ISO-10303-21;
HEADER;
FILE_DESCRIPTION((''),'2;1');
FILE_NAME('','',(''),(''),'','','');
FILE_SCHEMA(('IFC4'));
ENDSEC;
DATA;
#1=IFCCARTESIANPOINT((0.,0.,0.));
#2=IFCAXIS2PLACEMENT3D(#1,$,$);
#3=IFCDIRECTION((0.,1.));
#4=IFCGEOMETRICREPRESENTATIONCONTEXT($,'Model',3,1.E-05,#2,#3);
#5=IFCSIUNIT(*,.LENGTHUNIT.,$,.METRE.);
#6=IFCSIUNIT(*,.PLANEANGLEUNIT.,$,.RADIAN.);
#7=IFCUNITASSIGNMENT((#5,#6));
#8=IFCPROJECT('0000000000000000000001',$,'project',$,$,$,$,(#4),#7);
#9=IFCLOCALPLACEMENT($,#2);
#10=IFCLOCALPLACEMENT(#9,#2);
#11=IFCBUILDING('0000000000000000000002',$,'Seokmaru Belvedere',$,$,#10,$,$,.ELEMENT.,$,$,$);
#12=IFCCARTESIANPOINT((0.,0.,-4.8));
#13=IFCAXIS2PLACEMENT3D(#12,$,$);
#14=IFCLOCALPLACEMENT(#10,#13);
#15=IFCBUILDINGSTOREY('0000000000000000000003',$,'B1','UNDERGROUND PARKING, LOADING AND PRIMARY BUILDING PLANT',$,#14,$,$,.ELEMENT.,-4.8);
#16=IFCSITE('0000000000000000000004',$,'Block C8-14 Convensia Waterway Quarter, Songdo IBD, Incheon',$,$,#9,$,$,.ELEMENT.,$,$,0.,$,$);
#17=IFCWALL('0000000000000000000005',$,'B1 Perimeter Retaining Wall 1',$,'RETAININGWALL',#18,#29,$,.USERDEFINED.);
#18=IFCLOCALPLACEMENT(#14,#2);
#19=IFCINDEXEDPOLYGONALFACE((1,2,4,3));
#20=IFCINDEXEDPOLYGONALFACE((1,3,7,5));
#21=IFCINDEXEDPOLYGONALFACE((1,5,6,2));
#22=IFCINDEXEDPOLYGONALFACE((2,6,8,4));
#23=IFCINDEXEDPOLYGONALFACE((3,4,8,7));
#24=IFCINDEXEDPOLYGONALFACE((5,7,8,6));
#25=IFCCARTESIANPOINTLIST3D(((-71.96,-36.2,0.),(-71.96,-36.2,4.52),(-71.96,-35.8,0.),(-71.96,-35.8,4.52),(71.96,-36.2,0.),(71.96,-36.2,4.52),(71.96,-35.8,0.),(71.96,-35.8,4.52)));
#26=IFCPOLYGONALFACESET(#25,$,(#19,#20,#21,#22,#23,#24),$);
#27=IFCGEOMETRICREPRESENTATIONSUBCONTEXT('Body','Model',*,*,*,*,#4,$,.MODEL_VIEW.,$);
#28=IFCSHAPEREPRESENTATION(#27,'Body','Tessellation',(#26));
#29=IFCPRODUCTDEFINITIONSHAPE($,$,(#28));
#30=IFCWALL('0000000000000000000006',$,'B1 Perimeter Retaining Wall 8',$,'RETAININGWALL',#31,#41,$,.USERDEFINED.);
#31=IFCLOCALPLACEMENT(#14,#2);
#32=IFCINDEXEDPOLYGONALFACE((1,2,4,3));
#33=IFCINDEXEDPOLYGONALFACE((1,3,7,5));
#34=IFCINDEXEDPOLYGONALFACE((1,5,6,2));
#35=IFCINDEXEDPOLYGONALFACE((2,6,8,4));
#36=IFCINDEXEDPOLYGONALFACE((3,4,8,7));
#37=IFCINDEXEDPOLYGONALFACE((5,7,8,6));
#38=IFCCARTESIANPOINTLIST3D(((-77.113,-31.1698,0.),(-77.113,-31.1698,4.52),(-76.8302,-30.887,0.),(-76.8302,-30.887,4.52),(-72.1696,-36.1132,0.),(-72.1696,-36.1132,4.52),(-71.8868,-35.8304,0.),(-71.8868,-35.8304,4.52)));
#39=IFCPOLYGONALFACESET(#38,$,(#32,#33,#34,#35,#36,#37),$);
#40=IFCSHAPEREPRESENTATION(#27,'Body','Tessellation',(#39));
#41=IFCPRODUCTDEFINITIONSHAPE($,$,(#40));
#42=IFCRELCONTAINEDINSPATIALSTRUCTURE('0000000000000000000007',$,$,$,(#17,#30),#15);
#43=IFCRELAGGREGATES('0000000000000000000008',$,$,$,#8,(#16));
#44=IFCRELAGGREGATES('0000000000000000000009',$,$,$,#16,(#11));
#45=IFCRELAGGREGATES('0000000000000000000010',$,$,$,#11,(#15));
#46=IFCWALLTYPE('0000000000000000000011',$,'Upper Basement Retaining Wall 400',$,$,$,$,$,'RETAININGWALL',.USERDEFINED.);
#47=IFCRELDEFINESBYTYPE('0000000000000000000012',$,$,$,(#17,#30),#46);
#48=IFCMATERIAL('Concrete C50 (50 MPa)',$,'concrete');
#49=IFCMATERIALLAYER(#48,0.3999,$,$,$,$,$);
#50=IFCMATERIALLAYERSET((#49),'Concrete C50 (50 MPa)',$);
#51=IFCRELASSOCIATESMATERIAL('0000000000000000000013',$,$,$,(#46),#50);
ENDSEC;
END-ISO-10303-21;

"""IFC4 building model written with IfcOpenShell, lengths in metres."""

from ifc_helpers import new_model, si_unit, direction, frame, frame_2d, origin, place, context, subcontext, project, spatial, rectangle, extrude, material, layer, layer_set, type_object, element, save


model = new_model("IFC4")

# Units and contexts
model_context = context("Model", 3, precision=1e-05, world=origin(), true_north=direction((0.0, 1.0)))
body_context = subcontext(model_context, "Body", "Model", "MODEL_VIEW")
ifc_project = project(units=[si_unit("LENGTHUNIT", "METRE"), si_unit("PLANEANGLEUNIT", "RADIAN")], contexts=[model_context])

# Site, building, storey
site_placement = place(None, origin())
site = spatial("IfcSite", under=ifc_project, at=site_placement, Name="Block C8-14 Convensia Waterway Quarter, Songdo IBD, Incheon", CompositionType="ELEMENT", RefElevation=0.0)
building_placement = place(site_placement, origin())
building = spatial("IfcBuilding", under=site, at=building_placement, Name="Seokmaru Belvedere", CompositionType="ELEMENT")
storey_placement = place(building_placement, frame((0.0, 0.0, -4.8)))
storey = spatial("IfcBuildingStorey", under=building, at=storey_placement, Name="B1", Description="UNDERGROUND PARKING, LOADING AND PRIMARY BUILDING PLANT", CompositionType="ELEMENT", Elevation=-4.8)

# Shared definitions
ifc_material_1 = material(Name="Concrete C50 (50 MPa)", Category="concrete")

# Walls
ifc_layer = layer(ifc_material_1, 0.3999)
ifc_layer_set = layer_set([ifc_layer], Name="Concrete C50 (50 MPa)")
wall_type = type_object("IfcWallType", Name="Upper Basement Retaining Wall 400", ElementType="RETAININGWALL", PredefinedType="USERDEFINED", material=ifc_layer_set)
wall_1_placement = place(storey_placement, frame((-71.96, -36.0, 0.0), z_axis=(0.0, 0.0, 1.0), x_axis=(1.0, 0.0, 0.0)))
element("IfcWall", 1, at=wall_1_placement, inside=storey, type_object=wall_type, Name="B1 Perimeter Retaining Wall 1", ObjectType="RETAININGWALL", PredefinedType="USERDEFINED", context=body_context, shape_type="SweptSolid", body=[
    extrude(rectangle(XDim=143.9199, YDim=0.3999, at=frame_2d((71.96, 0.0))), origin(), (0.0, 0.0, 1.0), 4.52),
])
wall_2_placement = place(storey_placement, frame((-76.9717, -31.0283, 0.0), z_axis=(0.0, 0.0, 1.0), x_axis=(0.707107, -0.707107, 0.0)))
element("IfcWall", 2, at=wall_2_placement, inside=storey, type_object=wall_type, Name="B1 Perimeter Retaining Wall 8", ObjectType="RETAININGWALL", PredefinedType="USERDEFINED", context=body_context, shape_type="SweptSolid", body=[
    extrude(rectangle(XDim=6.991, YDim=0.3999, at=frame_2d((3.4956, 0.0))), origin(), (0.0, 0.0, 1.0), 4.52),
])

save(model, "model.ifc")
